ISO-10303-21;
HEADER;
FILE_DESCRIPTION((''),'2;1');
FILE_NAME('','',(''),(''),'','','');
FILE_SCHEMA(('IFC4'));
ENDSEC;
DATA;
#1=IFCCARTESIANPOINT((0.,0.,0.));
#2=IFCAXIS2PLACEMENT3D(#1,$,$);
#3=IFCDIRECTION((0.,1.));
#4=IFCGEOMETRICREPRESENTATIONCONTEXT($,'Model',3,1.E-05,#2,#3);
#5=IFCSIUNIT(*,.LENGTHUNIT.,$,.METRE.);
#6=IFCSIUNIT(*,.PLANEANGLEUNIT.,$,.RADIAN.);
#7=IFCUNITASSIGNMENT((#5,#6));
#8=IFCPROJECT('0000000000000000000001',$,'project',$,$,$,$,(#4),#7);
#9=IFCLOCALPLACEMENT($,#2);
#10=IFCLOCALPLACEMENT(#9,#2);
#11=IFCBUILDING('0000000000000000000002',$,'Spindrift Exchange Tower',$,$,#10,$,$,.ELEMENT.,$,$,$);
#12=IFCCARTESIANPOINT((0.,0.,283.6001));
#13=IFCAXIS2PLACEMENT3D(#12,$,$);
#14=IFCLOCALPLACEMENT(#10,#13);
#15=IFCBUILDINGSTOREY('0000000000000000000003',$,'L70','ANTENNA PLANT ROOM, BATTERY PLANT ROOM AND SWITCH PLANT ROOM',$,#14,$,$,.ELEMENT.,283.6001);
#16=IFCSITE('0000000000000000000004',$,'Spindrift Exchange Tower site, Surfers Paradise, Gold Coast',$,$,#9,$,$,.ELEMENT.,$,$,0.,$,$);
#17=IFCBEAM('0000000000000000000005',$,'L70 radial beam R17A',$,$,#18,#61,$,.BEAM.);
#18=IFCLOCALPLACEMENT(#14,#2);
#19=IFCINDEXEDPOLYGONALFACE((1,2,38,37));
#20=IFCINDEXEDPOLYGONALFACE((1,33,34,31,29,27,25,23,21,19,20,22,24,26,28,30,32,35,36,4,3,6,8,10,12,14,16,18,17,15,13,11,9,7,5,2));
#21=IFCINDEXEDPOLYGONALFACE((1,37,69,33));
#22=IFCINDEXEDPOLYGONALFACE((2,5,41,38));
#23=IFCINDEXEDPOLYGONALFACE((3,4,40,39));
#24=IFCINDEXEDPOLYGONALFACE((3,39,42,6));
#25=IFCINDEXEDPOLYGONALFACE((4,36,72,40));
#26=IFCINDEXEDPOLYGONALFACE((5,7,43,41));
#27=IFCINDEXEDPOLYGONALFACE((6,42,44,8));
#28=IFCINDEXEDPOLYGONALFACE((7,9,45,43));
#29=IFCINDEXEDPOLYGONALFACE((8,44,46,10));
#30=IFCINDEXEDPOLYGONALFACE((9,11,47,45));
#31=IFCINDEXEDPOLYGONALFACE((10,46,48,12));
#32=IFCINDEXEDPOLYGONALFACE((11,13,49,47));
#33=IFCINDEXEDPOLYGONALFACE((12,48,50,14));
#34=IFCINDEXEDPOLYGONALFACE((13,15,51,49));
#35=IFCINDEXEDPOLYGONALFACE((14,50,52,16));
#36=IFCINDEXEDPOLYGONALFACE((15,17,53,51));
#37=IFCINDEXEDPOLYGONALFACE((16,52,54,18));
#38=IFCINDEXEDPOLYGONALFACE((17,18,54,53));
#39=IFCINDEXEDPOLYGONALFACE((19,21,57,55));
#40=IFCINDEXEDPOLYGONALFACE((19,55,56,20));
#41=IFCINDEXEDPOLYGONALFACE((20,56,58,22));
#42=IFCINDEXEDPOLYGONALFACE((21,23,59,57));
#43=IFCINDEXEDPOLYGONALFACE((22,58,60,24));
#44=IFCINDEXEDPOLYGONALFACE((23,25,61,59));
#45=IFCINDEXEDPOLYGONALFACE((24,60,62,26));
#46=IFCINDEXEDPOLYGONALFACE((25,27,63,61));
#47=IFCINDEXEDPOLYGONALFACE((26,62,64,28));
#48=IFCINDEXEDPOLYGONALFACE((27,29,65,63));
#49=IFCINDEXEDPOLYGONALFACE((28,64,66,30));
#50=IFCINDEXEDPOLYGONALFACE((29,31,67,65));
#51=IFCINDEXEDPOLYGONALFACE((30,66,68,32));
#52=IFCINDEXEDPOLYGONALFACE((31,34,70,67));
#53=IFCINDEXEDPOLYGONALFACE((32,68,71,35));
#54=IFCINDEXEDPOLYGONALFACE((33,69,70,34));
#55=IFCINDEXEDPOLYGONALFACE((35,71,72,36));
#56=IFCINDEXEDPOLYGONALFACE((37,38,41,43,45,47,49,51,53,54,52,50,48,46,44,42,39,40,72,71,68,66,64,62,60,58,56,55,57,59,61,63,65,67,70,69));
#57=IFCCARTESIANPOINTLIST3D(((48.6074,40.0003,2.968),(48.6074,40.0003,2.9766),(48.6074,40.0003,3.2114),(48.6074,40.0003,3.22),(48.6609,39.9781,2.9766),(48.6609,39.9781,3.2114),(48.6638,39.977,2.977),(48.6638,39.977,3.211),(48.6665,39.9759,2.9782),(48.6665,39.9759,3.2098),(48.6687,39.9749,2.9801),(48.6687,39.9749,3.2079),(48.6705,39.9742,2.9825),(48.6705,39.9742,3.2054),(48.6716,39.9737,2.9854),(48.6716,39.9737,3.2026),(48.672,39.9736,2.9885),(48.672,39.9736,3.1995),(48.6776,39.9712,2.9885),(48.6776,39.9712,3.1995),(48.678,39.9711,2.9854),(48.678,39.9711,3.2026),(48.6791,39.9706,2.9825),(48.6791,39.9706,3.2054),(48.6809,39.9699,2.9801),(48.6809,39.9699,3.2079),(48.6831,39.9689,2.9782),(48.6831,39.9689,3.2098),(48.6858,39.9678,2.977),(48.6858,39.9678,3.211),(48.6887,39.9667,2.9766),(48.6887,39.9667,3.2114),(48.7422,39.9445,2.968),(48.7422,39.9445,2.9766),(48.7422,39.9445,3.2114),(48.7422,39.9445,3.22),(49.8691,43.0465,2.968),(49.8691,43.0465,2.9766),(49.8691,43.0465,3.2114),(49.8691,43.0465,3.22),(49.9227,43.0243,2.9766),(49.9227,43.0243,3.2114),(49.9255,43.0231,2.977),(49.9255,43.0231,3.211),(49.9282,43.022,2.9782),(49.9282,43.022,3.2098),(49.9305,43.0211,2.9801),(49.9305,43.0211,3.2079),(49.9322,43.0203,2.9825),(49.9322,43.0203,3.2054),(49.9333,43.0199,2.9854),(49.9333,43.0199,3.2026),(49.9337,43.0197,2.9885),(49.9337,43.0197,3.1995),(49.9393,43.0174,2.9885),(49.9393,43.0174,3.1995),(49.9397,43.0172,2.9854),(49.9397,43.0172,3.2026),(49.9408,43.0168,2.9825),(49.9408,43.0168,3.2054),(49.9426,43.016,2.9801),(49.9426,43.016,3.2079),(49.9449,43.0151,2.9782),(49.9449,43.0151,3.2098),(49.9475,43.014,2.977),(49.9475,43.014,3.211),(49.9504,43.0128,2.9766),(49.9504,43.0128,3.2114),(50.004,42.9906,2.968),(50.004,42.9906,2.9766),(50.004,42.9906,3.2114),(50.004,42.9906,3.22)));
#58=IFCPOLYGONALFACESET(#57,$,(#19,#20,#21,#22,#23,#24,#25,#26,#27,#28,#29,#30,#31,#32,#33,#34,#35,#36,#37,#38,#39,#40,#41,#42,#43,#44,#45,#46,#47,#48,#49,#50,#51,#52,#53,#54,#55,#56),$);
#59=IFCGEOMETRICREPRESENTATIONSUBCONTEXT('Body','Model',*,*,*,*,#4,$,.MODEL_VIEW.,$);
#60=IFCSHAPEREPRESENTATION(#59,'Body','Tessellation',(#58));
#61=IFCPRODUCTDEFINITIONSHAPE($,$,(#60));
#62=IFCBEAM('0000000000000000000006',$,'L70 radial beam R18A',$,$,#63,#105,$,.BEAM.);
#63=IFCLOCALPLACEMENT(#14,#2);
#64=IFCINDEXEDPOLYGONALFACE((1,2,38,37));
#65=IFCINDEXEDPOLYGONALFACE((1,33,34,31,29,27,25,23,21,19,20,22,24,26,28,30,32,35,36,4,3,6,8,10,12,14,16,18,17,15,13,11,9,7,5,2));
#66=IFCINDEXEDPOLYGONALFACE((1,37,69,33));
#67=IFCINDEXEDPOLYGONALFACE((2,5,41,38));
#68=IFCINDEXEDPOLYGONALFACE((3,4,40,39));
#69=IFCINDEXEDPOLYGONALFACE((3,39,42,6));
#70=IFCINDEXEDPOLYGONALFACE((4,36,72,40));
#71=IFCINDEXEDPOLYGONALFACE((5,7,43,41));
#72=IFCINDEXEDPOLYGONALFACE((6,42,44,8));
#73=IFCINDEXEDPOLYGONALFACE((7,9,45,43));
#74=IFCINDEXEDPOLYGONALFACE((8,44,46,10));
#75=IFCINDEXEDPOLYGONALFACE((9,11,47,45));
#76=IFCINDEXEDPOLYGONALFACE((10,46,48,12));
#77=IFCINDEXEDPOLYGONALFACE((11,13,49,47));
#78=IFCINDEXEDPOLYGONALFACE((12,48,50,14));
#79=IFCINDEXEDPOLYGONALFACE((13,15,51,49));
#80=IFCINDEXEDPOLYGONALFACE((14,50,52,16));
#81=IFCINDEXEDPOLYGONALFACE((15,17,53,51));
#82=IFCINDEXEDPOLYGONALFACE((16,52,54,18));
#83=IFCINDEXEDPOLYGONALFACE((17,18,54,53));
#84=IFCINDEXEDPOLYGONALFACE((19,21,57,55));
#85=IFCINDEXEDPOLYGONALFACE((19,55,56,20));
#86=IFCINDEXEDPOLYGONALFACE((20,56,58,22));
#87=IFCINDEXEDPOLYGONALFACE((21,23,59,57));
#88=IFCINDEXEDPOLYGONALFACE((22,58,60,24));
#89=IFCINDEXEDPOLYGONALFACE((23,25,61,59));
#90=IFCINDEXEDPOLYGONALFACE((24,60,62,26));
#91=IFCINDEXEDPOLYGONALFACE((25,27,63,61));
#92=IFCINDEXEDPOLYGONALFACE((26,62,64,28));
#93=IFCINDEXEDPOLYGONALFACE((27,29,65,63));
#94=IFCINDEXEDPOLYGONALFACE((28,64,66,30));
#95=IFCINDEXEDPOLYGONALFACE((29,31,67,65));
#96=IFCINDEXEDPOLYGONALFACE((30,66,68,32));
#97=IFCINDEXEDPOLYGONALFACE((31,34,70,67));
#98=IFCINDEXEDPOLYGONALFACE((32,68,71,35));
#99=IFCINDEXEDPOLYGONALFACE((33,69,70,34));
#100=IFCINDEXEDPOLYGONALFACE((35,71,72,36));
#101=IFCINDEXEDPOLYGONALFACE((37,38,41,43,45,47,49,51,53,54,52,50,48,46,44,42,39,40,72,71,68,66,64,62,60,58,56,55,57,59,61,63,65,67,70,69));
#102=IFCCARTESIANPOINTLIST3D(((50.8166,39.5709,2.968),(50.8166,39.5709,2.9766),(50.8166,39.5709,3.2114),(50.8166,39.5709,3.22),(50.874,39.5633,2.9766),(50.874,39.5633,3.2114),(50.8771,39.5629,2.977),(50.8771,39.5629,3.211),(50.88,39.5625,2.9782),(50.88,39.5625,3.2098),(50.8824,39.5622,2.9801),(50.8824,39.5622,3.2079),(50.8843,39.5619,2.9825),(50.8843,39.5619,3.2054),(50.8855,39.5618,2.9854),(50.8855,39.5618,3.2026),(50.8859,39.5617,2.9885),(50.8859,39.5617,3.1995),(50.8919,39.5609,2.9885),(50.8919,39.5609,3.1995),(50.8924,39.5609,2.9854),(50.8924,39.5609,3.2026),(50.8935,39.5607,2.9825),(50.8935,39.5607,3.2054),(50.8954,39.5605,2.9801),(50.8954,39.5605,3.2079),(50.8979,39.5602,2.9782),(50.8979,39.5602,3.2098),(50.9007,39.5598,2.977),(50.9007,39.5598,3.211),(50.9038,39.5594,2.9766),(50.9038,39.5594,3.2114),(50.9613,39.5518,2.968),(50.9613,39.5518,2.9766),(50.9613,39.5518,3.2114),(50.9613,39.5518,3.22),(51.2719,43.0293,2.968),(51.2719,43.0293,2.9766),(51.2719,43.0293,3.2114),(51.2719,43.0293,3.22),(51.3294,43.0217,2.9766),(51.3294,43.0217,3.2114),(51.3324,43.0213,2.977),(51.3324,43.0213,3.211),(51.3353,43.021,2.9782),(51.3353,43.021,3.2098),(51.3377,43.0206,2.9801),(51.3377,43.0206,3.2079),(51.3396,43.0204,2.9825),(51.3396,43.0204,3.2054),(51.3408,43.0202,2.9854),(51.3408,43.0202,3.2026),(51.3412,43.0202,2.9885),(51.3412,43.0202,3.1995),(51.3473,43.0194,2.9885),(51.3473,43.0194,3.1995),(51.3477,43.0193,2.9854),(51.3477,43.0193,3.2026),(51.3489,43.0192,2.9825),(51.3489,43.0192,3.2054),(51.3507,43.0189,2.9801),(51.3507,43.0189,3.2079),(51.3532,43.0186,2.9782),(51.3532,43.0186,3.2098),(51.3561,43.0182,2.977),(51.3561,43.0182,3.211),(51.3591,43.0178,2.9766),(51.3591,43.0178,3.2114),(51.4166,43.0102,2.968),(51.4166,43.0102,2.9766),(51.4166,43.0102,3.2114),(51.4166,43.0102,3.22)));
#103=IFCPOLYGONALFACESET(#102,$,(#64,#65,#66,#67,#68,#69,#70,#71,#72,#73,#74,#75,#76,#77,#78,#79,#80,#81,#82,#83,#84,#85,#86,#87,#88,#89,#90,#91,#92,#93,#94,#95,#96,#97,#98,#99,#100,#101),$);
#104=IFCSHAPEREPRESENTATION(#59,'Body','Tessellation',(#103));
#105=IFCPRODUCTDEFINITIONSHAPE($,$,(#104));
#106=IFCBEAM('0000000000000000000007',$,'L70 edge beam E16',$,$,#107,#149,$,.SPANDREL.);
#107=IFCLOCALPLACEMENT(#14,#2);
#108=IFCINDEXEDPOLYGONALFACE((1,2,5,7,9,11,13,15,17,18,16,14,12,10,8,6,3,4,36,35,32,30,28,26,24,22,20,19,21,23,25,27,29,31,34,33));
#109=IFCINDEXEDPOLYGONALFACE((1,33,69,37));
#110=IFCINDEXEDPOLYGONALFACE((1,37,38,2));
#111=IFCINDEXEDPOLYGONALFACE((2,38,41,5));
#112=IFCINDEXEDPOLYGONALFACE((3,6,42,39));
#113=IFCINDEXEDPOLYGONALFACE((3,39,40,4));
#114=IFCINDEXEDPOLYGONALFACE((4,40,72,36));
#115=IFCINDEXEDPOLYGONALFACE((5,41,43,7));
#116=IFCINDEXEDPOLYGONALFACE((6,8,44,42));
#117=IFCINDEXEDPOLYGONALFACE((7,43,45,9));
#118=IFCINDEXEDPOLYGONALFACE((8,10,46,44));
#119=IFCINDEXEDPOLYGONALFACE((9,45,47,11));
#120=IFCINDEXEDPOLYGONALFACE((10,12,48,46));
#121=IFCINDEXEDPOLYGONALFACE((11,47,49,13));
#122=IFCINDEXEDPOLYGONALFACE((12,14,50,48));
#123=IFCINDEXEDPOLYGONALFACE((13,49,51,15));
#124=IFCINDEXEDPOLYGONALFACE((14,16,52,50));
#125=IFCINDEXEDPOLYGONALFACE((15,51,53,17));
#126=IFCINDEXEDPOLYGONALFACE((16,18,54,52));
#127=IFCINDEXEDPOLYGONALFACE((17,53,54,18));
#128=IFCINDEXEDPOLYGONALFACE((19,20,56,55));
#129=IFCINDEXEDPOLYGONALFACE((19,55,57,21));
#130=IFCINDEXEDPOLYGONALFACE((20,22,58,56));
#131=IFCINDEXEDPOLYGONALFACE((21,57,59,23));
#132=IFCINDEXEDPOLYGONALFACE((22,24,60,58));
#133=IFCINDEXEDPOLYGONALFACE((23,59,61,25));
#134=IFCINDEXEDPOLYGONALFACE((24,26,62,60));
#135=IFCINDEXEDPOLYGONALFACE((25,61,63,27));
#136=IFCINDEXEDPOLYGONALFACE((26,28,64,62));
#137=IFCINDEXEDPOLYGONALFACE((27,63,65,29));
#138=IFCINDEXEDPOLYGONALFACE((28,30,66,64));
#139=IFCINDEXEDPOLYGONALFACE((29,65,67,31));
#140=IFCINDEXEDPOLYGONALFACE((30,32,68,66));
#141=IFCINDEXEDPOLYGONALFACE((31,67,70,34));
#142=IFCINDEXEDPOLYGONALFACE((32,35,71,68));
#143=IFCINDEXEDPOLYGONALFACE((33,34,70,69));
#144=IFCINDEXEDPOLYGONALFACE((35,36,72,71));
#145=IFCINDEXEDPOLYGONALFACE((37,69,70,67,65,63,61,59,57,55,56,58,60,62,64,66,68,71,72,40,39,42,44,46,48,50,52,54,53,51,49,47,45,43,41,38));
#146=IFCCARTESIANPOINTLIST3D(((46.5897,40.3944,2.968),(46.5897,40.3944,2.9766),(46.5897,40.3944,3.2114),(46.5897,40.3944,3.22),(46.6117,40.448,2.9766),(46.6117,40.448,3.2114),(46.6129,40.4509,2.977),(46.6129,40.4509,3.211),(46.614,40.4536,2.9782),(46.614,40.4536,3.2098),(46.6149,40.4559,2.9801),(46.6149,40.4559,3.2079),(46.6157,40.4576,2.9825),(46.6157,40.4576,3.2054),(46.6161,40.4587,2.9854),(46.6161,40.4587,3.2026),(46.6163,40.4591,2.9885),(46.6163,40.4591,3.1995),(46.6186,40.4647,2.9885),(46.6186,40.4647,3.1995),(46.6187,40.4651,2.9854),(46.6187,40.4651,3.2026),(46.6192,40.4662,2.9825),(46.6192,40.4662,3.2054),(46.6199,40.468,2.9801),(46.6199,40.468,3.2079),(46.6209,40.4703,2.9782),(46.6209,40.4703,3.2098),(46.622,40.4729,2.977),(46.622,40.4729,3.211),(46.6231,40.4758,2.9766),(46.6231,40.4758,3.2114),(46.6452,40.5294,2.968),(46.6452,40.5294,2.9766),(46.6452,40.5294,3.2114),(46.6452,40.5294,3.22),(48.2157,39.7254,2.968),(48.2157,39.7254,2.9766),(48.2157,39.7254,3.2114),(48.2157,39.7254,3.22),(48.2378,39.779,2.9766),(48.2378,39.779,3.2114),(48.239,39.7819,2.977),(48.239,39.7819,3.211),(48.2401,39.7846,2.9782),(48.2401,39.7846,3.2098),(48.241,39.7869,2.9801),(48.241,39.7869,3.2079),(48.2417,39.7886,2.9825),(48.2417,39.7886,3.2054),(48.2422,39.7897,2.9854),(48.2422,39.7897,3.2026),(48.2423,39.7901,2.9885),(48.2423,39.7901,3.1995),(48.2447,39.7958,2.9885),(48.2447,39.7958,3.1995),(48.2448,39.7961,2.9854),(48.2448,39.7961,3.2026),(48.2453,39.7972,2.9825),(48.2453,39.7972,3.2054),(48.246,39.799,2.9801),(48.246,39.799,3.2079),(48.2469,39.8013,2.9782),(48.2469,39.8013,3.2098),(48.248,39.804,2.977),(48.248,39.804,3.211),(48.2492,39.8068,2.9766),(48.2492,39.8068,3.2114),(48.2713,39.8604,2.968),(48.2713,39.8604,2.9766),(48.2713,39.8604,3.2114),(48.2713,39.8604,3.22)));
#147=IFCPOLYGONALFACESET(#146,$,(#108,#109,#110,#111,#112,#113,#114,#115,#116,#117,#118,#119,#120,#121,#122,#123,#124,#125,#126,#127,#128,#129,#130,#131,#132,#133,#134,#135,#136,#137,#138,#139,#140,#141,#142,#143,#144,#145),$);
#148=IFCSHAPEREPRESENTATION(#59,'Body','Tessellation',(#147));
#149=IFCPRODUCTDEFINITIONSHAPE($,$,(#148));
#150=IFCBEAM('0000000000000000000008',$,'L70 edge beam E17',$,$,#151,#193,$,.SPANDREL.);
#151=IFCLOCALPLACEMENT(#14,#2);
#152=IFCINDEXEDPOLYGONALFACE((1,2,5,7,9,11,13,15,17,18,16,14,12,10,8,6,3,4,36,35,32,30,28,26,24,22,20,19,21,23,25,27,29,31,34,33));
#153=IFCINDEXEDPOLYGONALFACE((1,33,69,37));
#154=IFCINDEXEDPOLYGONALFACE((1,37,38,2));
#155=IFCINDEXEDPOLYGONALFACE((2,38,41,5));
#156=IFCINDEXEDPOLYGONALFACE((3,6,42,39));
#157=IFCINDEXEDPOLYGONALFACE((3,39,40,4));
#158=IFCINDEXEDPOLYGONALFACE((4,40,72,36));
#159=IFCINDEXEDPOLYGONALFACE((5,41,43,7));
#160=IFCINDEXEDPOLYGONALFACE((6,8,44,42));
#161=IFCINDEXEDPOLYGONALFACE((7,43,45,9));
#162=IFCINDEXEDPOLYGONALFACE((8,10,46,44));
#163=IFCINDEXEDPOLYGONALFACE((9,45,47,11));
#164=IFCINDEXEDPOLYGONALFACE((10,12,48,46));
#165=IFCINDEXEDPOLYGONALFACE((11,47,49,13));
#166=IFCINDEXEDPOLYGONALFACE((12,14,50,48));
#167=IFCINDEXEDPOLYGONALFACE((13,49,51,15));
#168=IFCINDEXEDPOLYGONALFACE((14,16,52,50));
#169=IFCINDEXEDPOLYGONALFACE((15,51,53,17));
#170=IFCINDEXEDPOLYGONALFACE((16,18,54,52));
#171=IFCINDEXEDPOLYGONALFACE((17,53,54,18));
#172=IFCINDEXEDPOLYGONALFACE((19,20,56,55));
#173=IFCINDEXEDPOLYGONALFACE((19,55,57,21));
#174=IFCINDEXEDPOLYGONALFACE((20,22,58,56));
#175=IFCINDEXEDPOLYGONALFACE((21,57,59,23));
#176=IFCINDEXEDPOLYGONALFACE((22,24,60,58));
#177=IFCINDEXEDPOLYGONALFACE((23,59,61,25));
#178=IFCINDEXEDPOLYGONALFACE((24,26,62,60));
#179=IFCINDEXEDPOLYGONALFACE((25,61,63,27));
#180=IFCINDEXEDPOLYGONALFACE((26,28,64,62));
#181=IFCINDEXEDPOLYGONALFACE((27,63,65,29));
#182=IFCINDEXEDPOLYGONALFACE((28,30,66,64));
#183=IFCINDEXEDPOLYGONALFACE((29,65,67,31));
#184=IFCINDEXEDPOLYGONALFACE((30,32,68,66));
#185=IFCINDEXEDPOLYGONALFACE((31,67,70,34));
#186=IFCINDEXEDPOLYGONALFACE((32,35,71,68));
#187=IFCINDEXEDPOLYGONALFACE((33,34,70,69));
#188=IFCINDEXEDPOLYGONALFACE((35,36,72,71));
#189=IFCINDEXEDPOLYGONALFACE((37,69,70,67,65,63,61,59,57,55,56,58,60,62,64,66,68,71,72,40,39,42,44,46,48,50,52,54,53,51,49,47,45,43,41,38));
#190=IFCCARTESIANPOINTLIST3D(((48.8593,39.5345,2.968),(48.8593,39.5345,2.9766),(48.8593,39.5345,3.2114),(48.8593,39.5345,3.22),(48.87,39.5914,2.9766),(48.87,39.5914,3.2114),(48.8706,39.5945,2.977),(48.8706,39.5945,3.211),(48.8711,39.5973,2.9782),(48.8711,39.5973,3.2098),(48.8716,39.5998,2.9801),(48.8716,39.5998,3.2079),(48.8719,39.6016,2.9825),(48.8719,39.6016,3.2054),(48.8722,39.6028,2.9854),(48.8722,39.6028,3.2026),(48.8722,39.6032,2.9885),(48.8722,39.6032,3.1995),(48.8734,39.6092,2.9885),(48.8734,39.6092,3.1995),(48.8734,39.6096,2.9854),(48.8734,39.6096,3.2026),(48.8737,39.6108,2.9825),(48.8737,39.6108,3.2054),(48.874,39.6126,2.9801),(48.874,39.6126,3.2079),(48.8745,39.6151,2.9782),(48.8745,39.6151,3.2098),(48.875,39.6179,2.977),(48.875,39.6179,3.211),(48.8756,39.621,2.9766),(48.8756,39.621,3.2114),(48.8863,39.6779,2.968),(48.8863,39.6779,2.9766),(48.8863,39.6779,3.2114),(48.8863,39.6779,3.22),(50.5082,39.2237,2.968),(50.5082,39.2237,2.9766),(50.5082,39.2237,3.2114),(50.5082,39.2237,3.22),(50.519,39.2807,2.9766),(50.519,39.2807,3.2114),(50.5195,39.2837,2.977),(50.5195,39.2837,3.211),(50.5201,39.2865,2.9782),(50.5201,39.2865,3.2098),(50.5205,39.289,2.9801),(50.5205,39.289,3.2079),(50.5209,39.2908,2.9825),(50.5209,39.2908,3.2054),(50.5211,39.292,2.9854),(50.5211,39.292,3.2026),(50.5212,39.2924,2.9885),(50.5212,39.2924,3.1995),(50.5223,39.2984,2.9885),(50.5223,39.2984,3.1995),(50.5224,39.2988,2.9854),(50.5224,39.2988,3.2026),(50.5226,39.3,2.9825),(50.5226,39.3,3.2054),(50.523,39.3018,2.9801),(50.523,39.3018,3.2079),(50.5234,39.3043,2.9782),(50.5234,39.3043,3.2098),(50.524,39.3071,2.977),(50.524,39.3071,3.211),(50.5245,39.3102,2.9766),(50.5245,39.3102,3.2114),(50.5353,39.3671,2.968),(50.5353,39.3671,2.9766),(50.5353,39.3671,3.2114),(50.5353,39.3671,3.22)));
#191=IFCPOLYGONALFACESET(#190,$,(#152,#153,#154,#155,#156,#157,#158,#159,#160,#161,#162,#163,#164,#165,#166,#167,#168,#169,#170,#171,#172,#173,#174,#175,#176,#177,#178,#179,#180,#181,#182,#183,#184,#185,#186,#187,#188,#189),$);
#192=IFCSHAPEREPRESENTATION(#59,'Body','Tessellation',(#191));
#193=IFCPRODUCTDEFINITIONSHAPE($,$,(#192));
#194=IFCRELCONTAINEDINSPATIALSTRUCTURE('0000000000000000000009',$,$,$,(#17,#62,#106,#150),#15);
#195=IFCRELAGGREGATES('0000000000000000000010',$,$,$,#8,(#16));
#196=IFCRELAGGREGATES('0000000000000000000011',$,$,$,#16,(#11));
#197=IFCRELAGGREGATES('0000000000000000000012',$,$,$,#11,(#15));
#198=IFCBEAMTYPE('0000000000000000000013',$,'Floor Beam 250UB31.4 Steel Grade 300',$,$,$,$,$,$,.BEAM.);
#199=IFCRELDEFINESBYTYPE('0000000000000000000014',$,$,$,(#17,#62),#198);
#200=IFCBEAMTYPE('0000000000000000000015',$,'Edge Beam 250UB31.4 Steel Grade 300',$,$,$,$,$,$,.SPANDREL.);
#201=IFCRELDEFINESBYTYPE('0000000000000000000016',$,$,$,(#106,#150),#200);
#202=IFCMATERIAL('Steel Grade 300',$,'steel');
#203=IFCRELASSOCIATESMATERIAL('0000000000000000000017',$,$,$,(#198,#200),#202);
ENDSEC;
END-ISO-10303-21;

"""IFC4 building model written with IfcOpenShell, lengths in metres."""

from ifc_helpers import new_model, si_unit, direction, frame, origin, origin_2d, place, context, subcontext, project, spatial, i_section, extrude, source, transform, mapped, material, material_profile, profile_set, type_object, element, save


model = new_model("IFC4")

# Units and contexts
model_context = context("Model", 3, precision=1e-05, world=origin(), true_north=direction((0.0, 1.0)))
body_context = subcontext(model_context, "Body", "Model", "MODEL_VIEW")
ifc_project = project(units=[si_unit("LENGTHUNIT", "METRE"), si_unit("PLANEANGLEUNIT", "RADIAN")], contexts=[model_context])

# Site, building, storey
site_placement = place(None, origin())
site = spatial("IfcSite", under=ifc_project, at=site_placement, Name="Spindrift Exchange Tower site, Surfers Paradise, Gold Coast", CompositionType="ELEMENT", RefElevation=0.0)
building_placement = place(site_placement, origin())
building = spatial("IfcBuilding", under=site, at=building_placement, Name="Spindrift Exchange Tower", CompositionType="ELEMENT")
storey_placement = place(building_placement, frame((0.0, 0.0, 283.6001)))
storey = spatial("IfcBuildingStorey", under=building, at=storey_placement, Name="L70", Description="ANTENNA PLANT ROOM, BATTERY PLANT ROOM AND SWITCH PLANT ROOM", CompositionType="ELEMENT", Elevation=283.6001)

# Beams
ifc_material_1 = material(Name="Steel Grade 300", Category="steel")
ifc_material_profile_1 = material_profile(ifc_material_1, i_section(OverallWidth=0.146, OverallDepth=0.252, WebThickness=0.0061, FlangeThickness=0.0085, FilletRadius=0.012, at=origin_2d()), Name="250UB31.4")
ifc_profile_set_1 = profile_set([ifc_material_profile_1], Name="Steel Grade 300")
beam_type_1 = type_object("IfcBeamType", Name="Floor Beam 250UB31.4 Steel Grade 300", PredefinedType="BEAM", material=ifc_profile_set_1)
shared_shape_1 = source(origin(), body_context, "Body", "SweptSolid", [
    extrude(i_section(OverallWidth=0.146, OverallDepth=0.252, WebThickness=0.0061, FlangeThickness=0.0085, FilletRadius=0.012, at=origin_2d()), origin(), (0.0, 0.0, 1.0), 3.2971),
])
beam_1_placement = place(storey_placement, frame((49.9365, 43.0186, 3.094), z_axis=(-0.382674, -0.923883, 0.0), x_axis=(0.923883, -0.382674, 0.0)))
element("IfcBeam", 1, at=beam_1_placement, inside=storey, type_object=beam_type_1, Name="L70 radial beam R17A", PredefinedType="BEAM", context=body_context, shape_type="MappedRepresentation", body=[
    mapped(shared_shape_1, transform((0.0, 0.0, 0.0), scale=1.0)),
])
shared_shape_2 = source(origin(), body_context, "Body", "SweptSolid", [
    extrude(i_section(OverallWidth=0.146, OverallDepth=0.252, WebThickness=0.0061, FlangeThickness=0.0085, FilletRadius=0.012, at=origin_2d()), origin(), (0.0, 0.0, 1.0), 3.4883),
])
beam_2_placement = place(storey_placement, frame((51.3442, 43.0198, 3.094), z_axis=(-0.130527, -0.991445, 0.0), x_axis=(0.991445, -0.130527, 0.0)))
element("IfcBeam", 2, at=beam_2_placement, inside=storey, type_object=beam_type_1, Name="L70 radial beam R18A", PredefinedType="BEAM", context=body_context, shape_type="MappedRepresentation", body=[
    mapped(shared_shape_2, transform((0.0, 0.0, 0.0), scale=1.0)),
])
ifc_material_profile_2 = material_profile(ifc_material_1, i_section(OverallWidth=0.146, OverallDepth=0.252, WebThickness=0.0061, FlangeThickness=0.0085, FilletRadius=0.012, at=origin_2d()), Name="250UB31.4")
ifc_profile_set_2 = profile_set([ifc_material_profile_2], Name="Steel Grade 300")
beam_type_2 = type_object("IfcBeamType", Name="Edge Beam 250UB31.4 Steel Grade 300", PredefinedType="SPANDREL", material=ifc_profile_set_2)
shared_shape_3 = source(origin(), body_context, "Body", "SweptSolid", [
    extrude(i_section(OverallWidth=0.146, OverallDepth=0.252, WebThickness=0.0061, FlangeThickness=0.0085, FilletRadius=0.012, at=origin_2d()), origin(), (0.0, 0.0, 1.0), 1.7583),
])
beam_3_placement = place(storey_placement, frame((46.6174, 40.4619, 3.094), z_axis=(0.924793, -0.38047, 0.0), x_axis=(0.38047, 0.924793, 0.0)))
element("IfcBeam", 3, at=beam_3_placement, inside=storey, type_object=beam_type_2, Name="L70 edge beam E16", PredefinedType="SPANDREL", context=body_context, shape_type="MappedRepresentation", body=[
    mapped(shared_shape_3, transform((0.0, 0.0, 0.0), scale=1.0)),
])
shared_shape_4 = source(origin(), body_context, "Body", "SweptSolid", [
    extrude(i_section(OverallWidth=0.146, OverallDepth=0.252, WebThickness=0.0061, FlangeThickness=0.0085, FilletRadius=0.012, at=origin_2d()), origin(), (0.0, 0.0, 1.0), 1.678),
])
beam_4_placement = place(storey_placement, frame((48.8728, 39.6062, 3.094), z_axis=(0.982697, -0.18522, 0.0), x_axis=(0.18522, 0.982697, 0.0)))
element("IfcBeam", 4, at=beam_4_placement, inside=storey, type_object=beam_type_2, Name="L70 edge beam E17", PredefinedType="SPANDREL", context=body_context, shape_type="MappedRepresentation", body=[
    mapped(shared_shape_4, transform((0.0, 0.0, 0.0), scale=1.0)),
])

save(model, "model.ifc")
